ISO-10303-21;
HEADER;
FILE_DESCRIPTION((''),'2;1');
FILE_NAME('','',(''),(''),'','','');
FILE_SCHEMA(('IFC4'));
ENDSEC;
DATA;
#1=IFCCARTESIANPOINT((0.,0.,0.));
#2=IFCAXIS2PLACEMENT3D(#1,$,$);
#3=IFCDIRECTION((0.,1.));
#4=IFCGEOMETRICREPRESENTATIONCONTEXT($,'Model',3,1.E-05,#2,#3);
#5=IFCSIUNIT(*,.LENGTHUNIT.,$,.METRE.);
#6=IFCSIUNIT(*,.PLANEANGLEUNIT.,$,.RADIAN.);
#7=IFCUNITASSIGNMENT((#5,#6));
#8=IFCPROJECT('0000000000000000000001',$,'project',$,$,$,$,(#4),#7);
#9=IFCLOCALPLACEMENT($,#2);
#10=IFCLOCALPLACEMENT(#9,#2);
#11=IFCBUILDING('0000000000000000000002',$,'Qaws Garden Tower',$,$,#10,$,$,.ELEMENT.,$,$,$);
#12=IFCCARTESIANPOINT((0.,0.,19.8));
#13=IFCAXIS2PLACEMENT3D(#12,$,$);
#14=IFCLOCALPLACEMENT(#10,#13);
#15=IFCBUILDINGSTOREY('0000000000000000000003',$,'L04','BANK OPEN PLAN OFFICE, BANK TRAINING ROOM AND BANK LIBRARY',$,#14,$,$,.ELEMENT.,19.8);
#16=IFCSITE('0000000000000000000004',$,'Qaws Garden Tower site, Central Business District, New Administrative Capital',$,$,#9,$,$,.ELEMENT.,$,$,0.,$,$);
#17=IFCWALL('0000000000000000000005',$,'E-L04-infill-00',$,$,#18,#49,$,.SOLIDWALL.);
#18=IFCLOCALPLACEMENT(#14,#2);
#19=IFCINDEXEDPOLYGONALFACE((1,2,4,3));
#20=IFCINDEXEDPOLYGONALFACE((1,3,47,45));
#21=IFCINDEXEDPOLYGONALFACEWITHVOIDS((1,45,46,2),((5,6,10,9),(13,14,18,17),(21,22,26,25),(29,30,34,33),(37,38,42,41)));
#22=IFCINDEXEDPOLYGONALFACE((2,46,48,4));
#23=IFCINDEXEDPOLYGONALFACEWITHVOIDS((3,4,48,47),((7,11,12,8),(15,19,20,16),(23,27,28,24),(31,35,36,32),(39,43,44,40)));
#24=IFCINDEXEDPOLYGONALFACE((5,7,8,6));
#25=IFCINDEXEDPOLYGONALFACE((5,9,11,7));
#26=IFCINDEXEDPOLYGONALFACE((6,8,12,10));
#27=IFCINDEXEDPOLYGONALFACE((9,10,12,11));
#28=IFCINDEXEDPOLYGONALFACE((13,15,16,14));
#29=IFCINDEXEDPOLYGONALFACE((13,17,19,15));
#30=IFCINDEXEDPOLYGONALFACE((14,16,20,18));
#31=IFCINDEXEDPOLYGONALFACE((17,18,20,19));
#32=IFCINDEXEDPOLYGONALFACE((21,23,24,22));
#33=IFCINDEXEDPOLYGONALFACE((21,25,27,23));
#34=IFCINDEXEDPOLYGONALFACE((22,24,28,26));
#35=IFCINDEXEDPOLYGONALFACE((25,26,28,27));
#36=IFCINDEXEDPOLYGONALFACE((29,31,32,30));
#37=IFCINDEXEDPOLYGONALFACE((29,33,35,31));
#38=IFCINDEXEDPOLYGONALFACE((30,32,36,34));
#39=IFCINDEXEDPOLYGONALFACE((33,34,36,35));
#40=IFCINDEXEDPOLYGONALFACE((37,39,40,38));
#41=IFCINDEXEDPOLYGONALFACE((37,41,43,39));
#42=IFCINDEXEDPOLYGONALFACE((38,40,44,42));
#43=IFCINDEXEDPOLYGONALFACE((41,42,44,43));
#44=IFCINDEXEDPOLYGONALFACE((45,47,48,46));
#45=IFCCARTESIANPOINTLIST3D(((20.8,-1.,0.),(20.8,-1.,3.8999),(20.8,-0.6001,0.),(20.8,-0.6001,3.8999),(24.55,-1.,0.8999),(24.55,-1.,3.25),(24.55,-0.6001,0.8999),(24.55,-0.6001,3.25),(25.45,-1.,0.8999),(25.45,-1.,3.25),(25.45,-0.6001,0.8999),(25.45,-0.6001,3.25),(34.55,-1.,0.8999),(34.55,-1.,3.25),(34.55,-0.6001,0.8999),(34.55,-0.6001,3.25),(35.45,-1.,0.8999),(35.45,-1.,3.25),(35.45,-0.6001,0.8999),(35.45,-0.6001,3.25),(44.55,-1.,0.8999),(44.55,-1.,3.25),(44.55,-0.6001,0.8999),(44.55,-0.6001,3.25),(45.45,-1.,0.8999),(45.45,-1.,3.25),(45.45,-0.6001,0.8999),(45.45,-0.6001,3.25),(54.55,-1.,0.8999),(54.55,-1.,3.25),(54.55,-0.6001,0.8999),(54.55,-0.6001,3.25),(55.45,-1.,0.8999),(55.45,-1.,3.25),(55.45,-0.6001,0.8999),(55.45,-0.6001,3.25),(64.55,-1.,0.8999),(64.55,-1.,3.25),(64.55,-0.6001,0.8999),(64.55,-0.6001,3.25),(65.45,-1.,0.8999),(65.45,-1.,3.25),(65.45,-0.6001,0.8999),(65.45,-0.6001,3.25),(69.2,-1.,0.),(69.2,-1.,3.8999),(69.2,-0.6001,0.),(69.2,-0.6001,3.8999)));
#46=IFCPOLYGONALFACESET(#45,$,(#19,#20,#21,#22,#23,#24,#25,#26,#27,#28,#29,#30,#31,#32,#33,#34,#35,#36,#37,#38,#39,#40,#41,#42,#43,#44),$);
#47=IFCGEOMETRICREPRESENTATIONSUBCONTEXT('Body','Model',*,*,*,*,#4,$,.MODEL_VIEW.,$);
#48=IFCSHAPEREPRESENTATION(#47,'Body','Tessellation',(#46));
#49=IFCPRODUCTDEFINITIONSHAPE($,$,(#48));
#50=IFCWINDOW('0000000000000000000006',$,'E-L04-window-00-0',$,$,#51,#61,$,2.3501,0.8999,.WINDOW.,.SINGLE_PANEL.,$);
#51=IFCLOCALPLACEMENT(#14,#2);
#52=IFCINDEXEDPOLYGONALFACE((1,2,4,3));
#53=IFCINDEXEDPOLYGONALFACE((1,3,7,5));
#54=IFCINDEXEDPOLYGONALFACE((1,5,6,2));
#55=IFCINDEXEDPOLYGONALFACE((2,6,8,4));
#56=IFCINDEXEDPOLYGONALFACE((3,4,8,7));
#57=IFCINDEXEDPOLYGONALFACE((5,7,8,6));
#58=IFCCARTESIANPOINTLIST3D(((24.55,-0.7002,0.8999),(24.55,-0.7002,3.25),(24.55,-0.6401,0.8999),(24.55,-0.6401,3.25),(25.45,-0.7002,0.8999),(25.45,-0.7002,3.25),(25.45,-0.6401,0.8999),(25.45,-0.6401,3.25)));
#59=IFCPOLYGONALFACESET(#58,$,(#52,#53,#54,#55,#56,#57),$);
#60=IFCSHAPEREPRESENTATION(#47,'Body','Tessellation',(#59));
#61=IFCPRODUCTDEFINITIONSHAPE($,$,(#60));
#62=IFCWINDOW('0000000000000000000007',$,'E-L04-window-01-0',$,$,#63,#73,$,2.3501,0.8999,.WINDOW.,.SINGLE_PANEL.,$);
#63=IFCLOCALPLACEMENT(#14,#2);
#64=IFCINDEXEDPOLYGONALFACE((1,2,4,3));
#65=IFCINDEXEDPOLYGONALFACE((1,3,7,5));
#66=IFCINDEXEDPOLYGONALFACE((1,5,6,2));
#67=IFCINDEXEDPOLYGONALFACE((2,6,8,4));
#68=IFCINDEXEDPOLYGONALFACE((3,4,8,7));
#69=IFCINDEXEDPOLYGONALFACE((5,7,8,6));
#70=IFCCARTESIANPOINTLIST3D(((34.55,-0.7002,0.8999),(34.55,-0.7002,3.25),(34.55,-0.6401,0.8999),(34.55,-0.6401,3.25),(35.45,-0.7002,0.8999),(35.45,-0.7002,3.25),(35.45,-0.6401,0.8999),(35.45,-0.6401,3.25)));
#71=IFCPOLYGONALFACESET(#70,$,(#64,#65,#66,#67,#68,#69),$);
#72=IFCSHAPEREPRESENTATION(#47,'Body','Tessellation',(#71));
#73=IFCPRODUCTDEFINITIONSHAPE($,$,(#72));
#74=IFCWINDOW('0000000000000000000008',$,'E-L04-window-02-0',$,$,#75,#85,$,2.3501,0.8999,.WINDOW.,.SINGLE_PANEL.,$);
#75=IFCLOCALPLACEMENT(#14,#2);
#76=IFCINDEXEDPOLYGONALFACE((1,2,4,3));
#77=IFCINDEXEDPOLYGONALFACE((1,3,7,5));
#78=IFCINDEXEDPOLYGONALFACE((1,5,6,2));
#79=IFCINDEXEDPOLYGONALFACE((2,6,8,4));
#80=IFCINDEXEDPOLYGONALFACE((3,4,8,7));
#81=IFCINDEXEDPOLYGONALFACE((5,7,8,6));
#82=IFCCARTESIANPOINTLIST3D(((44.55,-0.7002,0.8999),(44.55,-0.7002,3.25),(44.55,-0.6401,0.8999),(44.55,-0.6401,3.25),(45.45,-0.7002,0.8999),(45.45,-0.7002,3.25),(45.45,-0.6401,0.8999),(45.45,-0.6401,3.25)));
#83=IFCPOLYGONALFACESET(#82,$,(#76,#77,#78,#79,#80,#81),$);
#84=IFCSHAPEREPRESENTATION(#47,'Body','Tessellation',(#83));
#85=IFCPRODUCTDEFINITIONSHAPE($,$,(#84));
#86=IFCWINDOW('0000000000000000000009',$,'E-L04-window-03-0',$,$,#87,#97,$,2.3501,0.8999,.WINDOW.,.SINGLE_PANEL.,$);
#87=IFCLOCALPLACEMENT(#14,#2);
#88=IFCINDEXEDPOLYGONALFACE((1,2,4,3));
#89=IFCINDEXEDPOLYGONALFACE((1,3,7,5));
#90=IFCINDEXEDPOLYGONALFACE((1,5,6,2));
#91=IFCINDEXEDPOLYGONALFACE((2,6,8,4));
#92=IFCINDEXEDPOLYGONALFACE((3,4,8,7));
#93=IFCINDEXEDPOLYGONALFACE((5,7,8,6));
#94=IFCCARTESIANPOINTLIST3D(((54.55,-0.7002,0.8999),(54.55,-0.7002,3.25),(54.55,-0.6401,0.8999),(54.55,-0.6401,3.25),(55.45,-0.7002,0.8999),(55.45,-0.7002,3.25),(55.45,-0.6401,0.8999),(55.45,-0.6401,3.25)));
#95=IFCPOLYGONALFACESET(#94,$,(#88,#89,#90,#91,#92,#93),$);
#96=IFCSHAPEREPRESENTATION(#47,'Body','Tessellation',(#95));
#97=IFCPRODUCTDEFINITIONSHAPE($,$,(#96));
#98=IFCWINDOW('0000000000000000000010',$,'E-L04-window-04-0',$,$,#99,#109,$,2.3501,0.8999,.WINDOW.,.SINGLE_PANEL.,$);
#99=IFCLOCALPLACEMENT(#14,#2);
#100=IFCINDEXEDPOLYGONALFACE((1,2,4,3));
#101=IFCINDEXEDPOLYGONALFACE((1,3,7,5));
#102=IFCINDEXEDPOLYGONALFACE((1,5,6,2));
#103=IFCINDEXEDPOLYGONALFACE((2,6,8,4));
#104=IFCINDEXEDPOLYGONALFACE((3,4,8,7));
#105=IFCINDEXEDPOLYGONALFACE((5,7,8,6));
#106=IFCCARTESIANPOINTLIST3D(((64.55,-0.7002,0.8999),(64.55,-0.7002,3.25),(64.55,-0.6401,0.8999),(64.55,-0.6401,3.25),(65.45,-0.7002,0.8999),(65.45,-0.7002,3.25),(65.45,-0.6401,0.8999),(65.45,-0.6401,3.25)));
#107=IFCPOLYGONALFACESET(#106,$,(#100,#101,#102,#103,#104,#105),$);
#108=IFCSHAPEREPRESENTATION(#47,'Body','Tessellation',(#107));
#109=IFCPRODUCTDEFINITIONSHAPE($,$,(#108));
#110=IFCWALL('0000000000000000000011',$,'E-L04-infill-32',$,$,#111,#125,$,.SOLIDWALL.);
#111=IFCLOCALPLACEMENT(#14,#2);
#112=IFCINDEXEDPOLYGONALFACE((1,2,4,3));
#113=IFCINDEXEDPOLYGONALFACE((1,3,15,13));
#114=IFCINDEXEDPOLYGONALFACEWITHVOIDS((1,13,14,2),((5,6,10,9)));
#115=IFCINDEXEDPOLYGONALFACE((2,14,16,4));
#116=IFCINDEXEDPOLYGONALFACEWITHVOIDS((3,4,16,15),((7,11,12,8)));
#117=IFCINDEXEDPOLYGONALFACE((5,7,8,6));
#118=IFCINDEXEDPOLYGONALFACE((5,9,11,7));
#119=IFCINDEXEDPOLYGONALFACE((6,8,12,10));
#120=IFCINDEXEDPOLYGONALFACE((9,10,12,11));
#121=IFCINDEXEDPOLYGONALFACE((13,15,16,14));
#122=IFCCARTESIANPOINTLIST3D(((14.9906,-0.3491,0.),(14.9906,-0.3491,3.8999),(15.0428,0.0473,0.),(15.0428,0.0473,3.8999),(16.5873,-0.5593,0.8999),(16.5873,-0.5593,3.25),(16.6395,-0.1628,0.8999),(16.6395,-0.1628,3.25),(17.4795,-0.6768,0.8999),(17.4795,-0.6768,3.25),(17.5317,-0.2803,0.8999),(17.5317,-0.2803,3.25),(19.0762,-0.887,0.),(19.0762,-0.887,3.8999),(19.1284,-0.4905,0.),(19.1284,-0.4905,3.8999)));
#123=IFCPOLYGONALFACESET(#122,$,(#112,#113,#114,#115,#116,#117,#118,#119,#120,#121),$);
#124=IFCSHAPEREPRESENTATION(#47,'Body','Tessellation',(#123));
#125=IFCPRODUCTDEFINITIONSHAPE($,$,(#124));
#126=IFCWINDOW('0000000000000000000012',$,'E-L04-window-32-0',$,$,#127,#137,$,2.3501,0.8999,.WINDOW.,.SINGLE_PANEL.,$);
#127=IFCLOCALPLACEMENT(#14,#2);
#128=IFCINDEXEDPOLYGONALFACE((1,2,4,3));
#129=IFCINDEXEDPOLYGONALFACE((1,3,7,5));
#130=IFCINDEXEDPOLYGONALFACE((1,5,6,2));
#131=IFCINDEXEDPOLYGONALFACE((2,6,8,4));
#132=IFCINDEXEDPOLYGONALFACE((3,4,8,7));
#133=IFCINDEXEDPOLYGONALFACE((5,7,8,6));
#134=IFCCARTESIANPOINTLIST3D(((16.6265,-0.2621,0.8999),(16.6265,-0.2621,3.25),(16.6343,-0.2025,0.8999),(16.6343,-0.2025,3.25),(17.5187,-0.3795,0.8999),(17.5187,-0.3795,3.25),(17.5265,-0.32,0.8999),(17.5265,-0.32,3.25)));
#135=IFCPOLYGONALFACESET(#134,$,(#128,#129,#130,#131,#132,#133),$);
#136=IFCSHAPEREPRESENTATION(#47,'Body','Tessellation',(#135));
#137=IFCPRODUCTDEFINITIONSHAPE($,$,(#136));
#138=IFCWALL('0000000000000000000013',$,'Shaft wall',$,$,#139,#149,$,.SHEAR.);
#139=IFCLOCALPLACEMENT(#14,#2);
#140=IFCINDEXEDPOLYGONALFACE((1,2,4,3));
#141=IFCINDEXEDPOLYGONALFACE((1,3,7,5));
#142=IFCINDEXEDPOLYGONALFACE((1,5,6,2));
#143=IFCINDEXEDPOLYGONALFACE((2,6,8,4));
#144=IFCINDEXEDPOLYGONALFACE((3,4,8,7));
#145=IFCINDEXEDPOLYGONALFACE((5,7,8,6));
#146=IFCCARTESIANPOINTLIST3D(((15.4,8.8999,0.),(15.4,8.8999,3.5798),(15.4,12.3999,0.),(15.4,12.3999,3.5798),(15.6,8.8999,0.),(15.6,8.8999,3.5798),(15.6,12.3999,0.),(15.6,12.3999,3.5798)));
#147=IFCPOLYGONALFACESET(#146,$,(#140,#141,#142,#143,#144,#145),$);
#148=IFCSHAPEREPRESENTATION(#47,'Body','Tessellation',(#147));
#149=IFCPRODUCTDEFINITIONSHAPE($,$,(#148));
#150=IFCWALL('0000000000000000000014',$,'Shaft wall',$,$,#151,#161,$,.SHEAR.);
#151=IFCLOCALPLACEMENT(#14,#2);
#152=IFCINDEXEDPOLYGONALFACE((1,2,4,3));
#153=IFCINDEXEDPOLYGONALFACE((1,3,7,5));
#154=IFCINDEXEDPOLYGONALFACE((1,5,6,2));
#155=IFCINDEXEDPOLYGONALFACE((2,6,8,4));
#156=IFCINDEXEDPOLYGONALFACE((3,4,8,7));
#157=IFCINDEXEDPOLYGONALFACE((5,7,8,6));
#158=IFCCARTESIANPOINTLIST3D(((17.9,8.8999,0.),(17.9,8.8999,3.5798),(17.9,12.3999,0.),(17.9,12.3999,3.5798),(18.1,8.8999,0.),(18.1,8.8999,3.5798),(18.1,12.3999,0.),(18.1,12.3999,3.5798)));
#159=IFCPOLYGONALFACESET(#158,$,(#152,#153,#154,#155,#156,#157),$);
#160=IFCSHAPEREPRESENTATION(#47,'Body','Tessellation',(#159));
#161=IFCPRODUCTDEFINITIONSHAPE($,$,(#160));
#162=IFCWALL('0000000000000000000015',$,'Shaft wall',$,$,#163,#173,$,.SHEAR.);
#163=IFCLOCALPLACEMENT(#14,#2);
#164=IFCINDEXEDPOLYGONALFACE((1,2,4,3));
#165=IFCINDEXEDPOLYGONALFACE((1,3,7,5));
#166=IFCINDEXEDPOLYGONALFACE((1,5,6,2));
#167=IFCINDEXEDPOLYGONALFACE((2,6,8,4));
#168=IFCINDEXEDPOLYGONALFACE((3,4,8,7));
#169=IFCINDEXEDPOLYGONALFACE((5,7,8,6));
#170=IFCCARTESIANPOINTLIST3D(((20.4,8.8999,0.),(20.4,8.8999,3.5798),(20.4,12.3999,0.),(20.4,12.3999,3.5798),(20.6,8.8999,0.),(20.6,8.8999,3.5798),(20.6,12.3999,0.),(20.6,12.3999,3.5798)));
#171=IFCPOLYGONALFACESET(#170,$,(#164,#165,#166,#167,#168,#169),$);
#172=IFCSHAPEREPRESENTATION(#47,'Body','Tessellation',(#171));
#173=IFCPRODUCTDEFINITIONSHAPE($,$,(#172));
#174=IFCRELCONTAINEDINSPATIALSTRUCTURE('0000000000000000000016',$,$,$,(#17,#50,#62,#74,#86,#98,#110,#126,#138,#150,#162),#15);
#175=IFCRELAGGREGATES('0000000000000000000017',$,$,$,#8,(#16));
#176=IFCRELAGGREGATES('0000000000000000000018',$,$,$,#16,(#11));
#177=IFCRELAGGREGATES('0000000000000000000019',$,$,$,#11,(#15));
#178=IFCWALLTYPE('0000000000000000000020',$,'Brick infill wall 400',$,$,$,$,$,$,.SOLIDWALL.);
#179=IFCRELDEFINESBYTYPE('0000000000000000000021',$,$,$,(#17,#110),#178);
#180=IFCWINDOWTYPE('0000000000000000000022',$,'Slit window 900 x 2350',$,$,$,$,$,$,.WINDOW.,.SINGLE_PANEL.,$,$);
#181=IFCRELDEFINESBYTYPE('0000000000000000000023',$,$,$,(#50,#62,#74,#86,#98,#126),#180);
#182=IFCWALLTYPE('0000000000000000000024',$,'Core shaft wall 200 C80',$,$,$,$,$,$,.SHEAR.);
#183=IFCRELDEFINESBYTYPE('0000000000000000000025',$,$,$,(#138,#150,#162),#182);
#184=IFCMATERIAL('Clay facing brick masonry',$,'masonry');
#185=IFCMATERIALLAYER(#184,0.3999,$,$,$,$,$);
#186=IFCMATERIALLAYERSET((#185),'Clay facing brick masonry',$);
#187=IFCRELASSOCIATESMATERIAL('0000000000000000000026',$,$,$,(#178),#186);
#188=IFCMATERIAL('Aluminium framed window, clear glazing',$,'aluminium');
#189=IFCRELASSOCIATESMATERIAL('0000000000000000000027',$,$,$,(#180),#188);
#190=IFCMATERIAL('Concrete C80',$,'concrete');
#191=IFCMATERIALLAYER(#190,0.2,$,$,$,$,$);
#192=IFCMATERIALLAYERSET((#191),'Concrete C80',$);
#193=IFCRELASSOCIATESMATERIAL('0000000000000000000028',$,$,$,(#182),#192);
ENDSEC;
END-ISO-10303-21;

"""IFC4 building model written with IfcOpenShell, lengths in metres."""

from ifc_helpers import new_model, si_unit, direction, frame, frame_2d, origin, place, context, subcontext, project, spatial, rectangle, extrude, material, layer, layer_set, type_object, element, fill, save


model = new_model("IFC4")

# Units and contexts
model_context = context("Model", 3, precision=1e-05, world=origin(), true_north=direction((0.0, 1.0)))
body_context = subcontext(model_context, "Body", "Model", "MODEL_VIEW")
ifc_project = project(units=[si_unit("LENGTHUNIT", "METRE"), si_unit("PLANEANGLEUNIT", "RADIAN")], contexts=[model_context])

# Site, building, storey
site_placement = place(None, origin())
site = spatial("IfcSite", under=ifc_project, at=site_placement, Name="Qaws Garden Tower site, Central Business District, New Administrative Capital", CompositionType="ELEMENT", RefElevation=0.0)
building_placement = place(site_placement, origin())
building = spatial("IfcBuilding", under=site, at=building_placement, Name="Qaws Garden Tower", CompositionType="ELEMENT")
storey_placement = place(building_placement, frame((0.0, 0.0, 19.8)))
storey = spatial("IfcBuildingStorey", under=building, at=storey_placement, Name="L04", Description="BANK OPEN PLAN OFFICE, BANK TRAINING ROOM AND BANK LIBRARY", CompositionType="ELEMENT", Elevation=19.8)

# Wall, openings, windows
ifc_material_1 = material(Name="Clay facing brick masonry", Category="masonry")
ifc_layer_1 = layer(ifc_material_1, 0.3999)
ifc_layer_set_1 = layer_set([ifc_layer_1], Name="Clay facing brick masonry")
wall_type_1 = type_object("IfcWallType", Name="Brick infill wall 400", PredefinedType="SOLIDWALL", material=ifc_layer_set_1)
wall_1_placement = place(storey_placement, frame((20.8, -0.8, 0.0), z_axis=(0.0, 0.0, 1.0), x_axis=(1.0, 0.0, 0.0)))
wall_1 = element("IfcWall", 1, at=wall_1_placement, inside=storey, type_object=wall_type_1, Name="E-L04-infill-00", PredefinedType="SOLIDWALL", context=body_context, shape_type="SweptSolid", body=[
    extrude(rectangle(XDim=48.3999, YDim=0.3999, at=frame_2d((24.2, 0.0))), origin(), (0.0, 0.0, 1.0), 3.8999),
])
opening_1_placement = place(wall_1_placement, frame((3.75, 0.0, 0.8999)))
opening_1 = element("IfcOpeningElement", 2, at=opening_1_placement, cuts=wall_1, PredefinedType="OPENING", context=body_context, shape_type="SweptSolid", body=[
    extrude(rectangle(XDim=0.8999, YDim=2.3501, at=frame_2d((0.45, 1.175))), frame((0.0, 0.21, 0.0), z_axis=(0.0, -1.0, 0.0), x_axis=(1.0, 0.0, 0.0)), (0.0, 0.0, 1.0), 0.4199),
])
opening_2_placement = place(wall_1_placement, frame((13.75, 0.0, 0.8999)))
opening_2 = element("IfcOpeningElement", 3, at=opening_2_placement, cuts=wall_1, PredefinedType="OPENING", context=body_context, shape_type="SweptSolid", body=[
    extrude(rectangle(XDim=0.8999, YDim=2.3501, at=frame_2d((0.45, 1.175))), frame((0.0, 0.21, 0.0), z_axis=(0.0, -1.0, 0.0), x_axis=(1.0, 0.0, 0.0)), (0.0, 0.0, 1.0), 0.4199),
])
opening_3_placement = place(wall_1_placement, frame((23.75, 0.0, 0.8999)))
opening_3 = element("IfcOpeningElement", 4, at=opening_3_placement, cuts=wall_1, PredefinedType="OPENING", context=body_context, shape_type="SweptSolid", body=[
    extrude(rectangle(XDim=0.8999, YDim=2.3501, at=frame_2d((0.45, 1.175))), frame((0.0, 0.21, 0.0), z_axis=(0.0, -1.0, 0.0), x_axis=(1.0, 0.0, 0.0)), (0.0, 0.0, 1.0), 0.4199),
])
opening_4_placement = place(wall_1_placement, frame((33.75, 0.0, 0.8999)))
opening_4 = element("IfcOpeningElement", 5, at=opening_4_placement, cuts=wall_1, PredefinedType="OPENING", context=body_context, shape_type="SweptSolid", body=[
    extrude(rectangle(XDim=0.8999, YDim=2.3501, at=frame_2d((0.45, 1.175))), frame((0.0, 0.21, 0.0), z_axis=(0.0, -1.0, 0.0), x_axis=(1.0, 0.0, 0.0)), (0.0, 0.0, 1.0), 0.4199),
])
opening_5_placement = place(wall_1_placement, frame((43.75, 0.0, 0.8999)))
opening_5 = element("IfcOpeningElement", 6, at=opening_5_placement, cuts=wall_1, PredefinedType="OPENING", context=body_context, shape_type="SweptSolid", body=[
    extrude(rectangle(XDim=0.8999, YDim=2.3501, at=frame_2d((0.45, 1.175))), frame((0.0, 0.21, 0.0), z_axis=(0.0, -1.0, 0.0), x_axis=(1.0, 0.0, 0.0)), (0.0, 0.0, 1.0), 0.4199),
])
ifc_material_2 = material(Name="Aluminium framed window, clear glazing", Category="aluminium")
window_type = type_object("IfcWindowType", Name="Slit window 900 x 2350", PartitioningType="SINGLE_PANEL", PredefinedType="WINDOW", material=ifc_material_2)
window_1_placement = place(opening_1_placement, origin())
window_1 = element("IfcWindow", 7, at=window_1_placement, inside=storey, type_object=window_type, Name="E-L04-window-00-0", OverallHeight=2.3501, OverallWidth=0.8999, PartitioningType="SINGLE_PANEL", PredefinedType="WINDOW", context=body_context, shape_type="SweptSolid", body=[
    extrude(rectangle(XDim=0.8999, YDim=2.3501, at=frame_2d((0.45, 1.175))), frame((0.0, 0.1599, 0.0), z_axis=(0.0, -1.0, 0.0), x_axis=(1.0, 0.0, 0.0)), (0.0, 0.0, 1.0), 0.0601),
])
fill(opening_1, window_1)
window_2_placement = place(opening_2_placement, origin())
window_2 = element("IfcWindow", 8, at=window_2_placement, inside=storey, type_object=window_type, Name="E-L04-window-01-0", OverallHeight=2.3501, OverallWidth=0.8999, PartitioningType="SINGLE_PANEL", PredefinedType="WINDOW", context=body_context, shape_type="SweptSolid", body=[
    extrude(rectangle(XDim=0.8999, YDim=2.3501, at=frame_2d((0.45, 1.175))), frame((0.0, 0.1599, 0.0), z_axis=(0.0, -1.0, 0.0), x_axis=(1.0, 0.0, 0.0)), (0.0, 0.0, 1.0), 0.0601),
])
fill(opening_2, window_2)
window_3_placement = place(opening_3_placement, origin())
window_3 = element("IfcWindow", 9, at=window_3_placement, inside=storey, type_object=window_type, Name="E-L04-window-02-0", OverallHeight=2.3501, OverallWidth=0.8999, PartitioningType="SINGLE_PANEL", PredefinedType="WINDOW", context=body_context, shape_type="SweptSolid", body=[
    extrude(rectangle(XDim=0.8999, YDim=2.3501, at=frame_2d((0.45, 1.175))), frame((0.0, 0.1599, 0.0), z_axis=(0.0, -1.0, 0.0), x_axis=(1.0, 0.0, 0.0)), (0.0, 0.0, 1.0), 0.0601),
])
fill(opening_3, window_3)
window_4_placement = place(opening_4_placement, origin())
window_4 = element("IfcWindow", 10, at=window_4_placement, inside=storey, type_object=window_type, Name="E-L04-window-03-0", OverallHeight=2.3501, OverallWidth=0.8999, PartitioningType="SINGLE_PANEL", PredefinedType="WINDOW", context=body_context, shape_type="SweptSolid", body=[
    extrude(rectangle(XDim=0.8999, YDim=2.3501, at=frame_2d((0.45, 1.175))), frame((0.0, 0.1599, 0.0), z_axis=(0.0, -1.0, 0.0), x_axis=(1.0, 0.0, 0.0)), (0.0, 0.0, 1.0), 0.0601),
])
fill(opening_4, window_4)
window_5_placement = place(opening_5_placement, origin())
window_5 = element("IfcWindow", 11, at=window_5_placement, inside=storey, type_object=window_type, Name="E-L04-window-04-0", OverallHeight=2.3501, OverallWidth=0.8999, PartitioningType="SINGLE_PANEL", PredefinedType="WINDOW", context=body_context, shape_type="SweptSolid", body=[
    extrude(rectangle(XDim=0.8999, YDim=2.3501, at=frame_2d((0.45, 1.175))), frame((0.0, 0.1599, 0.0), z_axis=(0.0, -1.0, 0.0), x_axis=(1.0, 0.0, 0.0)), (0.0, 0.0, 1.0), 0.0601),
])
fill(opening_5, window_5)

# Wall, opening, window
wall_2_placement = place(storey_placement, frame((15.0166, -0.1509, 0.0), z_axis=(0.0, 0.0, 1.0), x_axis=(0.991446, -0.130514, 0.0)))
wall_2 = element("IfcWall", 12, at=wall_2_placement, inside=storey, type_object=wall_type_1, Name="E-L04-infill-32", PredefinedType="SOLIDWALL", context=body_context, shape_type="SweptSolid", body=[
    extrude(rectangle(XDim=4.1208, YDim=0.3999, at=frame_2d((2.0605, 0.0))), origin(), (0.0, 0.0, 1.0), 3.8999),
])
opening_6_placement = place(wall_2_placement, frame((1.6106, 0.0, 0.8999)))
opening_6 = element("IfcOpeningElement", 13, at=opening_6_placement, cuts=wall_2, PredefinedType="OPENING", context=body_context, shape_type="SweptSolid", body=[
    extrude(rectangle(XDim=0.8999, YDim=2.3501, at=frame_2d((0.45, 1.175))), frame((0.0, 0.21, 0.0), z_axis=(0.0, -1.0, 0.0), x_axis=(1.0, 0.0, 0.0)), (0.0, 0.0, 1.0), 0.4199),
])
window_6_placement = place(opening_6_placement, origin())
window_6 = element("IfcWindow", 14, at=window_6_placement, inside=storey, type_object=window_type, Name="E-L04-window-32-0", OverallHeight=2.3501, OverallWidth=0.8999, PartitioningType="SINGLE_PANEL", PredefinedType="WINDOW", context=body_context, shape_type="SweptSolid", body=[
    extrude(rectangle(XDim=0.8999, YDim=2.3501, at=frame_2d((0.45, 1.175))), frame((0.0, 0.1599, 0.0), z_axis=(0.0, -1.0, 0.0), x_axis=(1.0, 0.0, 0.0)), (0.0, 0.0, 1.0), 0.0601),
])
fill(opening_6, window_6)

# Walls
ifc_material_3 = material(Name="Concrete C80", Category="concrete")
ifc_layer_2 = layer(ifc_material_3, 0.2)
ifc_layer_set_2 = layer_set([ifc_layer_2], Name="Concrete C80")
wall_type_2 = type_object("IfcWallType", Name="Core shaft wall 200 C80", PredefinedType="SHEAR", material=ifc_layer_set_2)
for number, where, z_axis, x_axis, name in (
    (15, (15.5, 8.8999, 0.0), (0.0, 0.0, 1.0), (0.0, 1.0, 0.0), "Shaft wall"),
    (16, (18.0, 8.8999, 0.0), (0.0, 0.0, 1.0), (0.0, 1.0, 0.0), "Shaft wall"),
    (17, (20.5, 8.8999, 0.0), (0.0, 0.0, 1.0), (0.0, 1.0, 0.0), "Shaft wall"),
):
    element("IfcWall", number, at=place(storey_placement, frame(where, z_axis=z_axis, x_axis=x_axis)), inside=storey, type_object=wall_type_2, Name=name, PredefinedType="SHEAR", context=body_context, shape_type="SweptSolid", body=[
        extrude(rectangle(XDim=3.5, YDim=0.2, at=frame_2d((1.75, 0.0))), origin(), (0.0, 0.0, 1.0), 3.5798),
    ])

save(model, "model.ifc")
